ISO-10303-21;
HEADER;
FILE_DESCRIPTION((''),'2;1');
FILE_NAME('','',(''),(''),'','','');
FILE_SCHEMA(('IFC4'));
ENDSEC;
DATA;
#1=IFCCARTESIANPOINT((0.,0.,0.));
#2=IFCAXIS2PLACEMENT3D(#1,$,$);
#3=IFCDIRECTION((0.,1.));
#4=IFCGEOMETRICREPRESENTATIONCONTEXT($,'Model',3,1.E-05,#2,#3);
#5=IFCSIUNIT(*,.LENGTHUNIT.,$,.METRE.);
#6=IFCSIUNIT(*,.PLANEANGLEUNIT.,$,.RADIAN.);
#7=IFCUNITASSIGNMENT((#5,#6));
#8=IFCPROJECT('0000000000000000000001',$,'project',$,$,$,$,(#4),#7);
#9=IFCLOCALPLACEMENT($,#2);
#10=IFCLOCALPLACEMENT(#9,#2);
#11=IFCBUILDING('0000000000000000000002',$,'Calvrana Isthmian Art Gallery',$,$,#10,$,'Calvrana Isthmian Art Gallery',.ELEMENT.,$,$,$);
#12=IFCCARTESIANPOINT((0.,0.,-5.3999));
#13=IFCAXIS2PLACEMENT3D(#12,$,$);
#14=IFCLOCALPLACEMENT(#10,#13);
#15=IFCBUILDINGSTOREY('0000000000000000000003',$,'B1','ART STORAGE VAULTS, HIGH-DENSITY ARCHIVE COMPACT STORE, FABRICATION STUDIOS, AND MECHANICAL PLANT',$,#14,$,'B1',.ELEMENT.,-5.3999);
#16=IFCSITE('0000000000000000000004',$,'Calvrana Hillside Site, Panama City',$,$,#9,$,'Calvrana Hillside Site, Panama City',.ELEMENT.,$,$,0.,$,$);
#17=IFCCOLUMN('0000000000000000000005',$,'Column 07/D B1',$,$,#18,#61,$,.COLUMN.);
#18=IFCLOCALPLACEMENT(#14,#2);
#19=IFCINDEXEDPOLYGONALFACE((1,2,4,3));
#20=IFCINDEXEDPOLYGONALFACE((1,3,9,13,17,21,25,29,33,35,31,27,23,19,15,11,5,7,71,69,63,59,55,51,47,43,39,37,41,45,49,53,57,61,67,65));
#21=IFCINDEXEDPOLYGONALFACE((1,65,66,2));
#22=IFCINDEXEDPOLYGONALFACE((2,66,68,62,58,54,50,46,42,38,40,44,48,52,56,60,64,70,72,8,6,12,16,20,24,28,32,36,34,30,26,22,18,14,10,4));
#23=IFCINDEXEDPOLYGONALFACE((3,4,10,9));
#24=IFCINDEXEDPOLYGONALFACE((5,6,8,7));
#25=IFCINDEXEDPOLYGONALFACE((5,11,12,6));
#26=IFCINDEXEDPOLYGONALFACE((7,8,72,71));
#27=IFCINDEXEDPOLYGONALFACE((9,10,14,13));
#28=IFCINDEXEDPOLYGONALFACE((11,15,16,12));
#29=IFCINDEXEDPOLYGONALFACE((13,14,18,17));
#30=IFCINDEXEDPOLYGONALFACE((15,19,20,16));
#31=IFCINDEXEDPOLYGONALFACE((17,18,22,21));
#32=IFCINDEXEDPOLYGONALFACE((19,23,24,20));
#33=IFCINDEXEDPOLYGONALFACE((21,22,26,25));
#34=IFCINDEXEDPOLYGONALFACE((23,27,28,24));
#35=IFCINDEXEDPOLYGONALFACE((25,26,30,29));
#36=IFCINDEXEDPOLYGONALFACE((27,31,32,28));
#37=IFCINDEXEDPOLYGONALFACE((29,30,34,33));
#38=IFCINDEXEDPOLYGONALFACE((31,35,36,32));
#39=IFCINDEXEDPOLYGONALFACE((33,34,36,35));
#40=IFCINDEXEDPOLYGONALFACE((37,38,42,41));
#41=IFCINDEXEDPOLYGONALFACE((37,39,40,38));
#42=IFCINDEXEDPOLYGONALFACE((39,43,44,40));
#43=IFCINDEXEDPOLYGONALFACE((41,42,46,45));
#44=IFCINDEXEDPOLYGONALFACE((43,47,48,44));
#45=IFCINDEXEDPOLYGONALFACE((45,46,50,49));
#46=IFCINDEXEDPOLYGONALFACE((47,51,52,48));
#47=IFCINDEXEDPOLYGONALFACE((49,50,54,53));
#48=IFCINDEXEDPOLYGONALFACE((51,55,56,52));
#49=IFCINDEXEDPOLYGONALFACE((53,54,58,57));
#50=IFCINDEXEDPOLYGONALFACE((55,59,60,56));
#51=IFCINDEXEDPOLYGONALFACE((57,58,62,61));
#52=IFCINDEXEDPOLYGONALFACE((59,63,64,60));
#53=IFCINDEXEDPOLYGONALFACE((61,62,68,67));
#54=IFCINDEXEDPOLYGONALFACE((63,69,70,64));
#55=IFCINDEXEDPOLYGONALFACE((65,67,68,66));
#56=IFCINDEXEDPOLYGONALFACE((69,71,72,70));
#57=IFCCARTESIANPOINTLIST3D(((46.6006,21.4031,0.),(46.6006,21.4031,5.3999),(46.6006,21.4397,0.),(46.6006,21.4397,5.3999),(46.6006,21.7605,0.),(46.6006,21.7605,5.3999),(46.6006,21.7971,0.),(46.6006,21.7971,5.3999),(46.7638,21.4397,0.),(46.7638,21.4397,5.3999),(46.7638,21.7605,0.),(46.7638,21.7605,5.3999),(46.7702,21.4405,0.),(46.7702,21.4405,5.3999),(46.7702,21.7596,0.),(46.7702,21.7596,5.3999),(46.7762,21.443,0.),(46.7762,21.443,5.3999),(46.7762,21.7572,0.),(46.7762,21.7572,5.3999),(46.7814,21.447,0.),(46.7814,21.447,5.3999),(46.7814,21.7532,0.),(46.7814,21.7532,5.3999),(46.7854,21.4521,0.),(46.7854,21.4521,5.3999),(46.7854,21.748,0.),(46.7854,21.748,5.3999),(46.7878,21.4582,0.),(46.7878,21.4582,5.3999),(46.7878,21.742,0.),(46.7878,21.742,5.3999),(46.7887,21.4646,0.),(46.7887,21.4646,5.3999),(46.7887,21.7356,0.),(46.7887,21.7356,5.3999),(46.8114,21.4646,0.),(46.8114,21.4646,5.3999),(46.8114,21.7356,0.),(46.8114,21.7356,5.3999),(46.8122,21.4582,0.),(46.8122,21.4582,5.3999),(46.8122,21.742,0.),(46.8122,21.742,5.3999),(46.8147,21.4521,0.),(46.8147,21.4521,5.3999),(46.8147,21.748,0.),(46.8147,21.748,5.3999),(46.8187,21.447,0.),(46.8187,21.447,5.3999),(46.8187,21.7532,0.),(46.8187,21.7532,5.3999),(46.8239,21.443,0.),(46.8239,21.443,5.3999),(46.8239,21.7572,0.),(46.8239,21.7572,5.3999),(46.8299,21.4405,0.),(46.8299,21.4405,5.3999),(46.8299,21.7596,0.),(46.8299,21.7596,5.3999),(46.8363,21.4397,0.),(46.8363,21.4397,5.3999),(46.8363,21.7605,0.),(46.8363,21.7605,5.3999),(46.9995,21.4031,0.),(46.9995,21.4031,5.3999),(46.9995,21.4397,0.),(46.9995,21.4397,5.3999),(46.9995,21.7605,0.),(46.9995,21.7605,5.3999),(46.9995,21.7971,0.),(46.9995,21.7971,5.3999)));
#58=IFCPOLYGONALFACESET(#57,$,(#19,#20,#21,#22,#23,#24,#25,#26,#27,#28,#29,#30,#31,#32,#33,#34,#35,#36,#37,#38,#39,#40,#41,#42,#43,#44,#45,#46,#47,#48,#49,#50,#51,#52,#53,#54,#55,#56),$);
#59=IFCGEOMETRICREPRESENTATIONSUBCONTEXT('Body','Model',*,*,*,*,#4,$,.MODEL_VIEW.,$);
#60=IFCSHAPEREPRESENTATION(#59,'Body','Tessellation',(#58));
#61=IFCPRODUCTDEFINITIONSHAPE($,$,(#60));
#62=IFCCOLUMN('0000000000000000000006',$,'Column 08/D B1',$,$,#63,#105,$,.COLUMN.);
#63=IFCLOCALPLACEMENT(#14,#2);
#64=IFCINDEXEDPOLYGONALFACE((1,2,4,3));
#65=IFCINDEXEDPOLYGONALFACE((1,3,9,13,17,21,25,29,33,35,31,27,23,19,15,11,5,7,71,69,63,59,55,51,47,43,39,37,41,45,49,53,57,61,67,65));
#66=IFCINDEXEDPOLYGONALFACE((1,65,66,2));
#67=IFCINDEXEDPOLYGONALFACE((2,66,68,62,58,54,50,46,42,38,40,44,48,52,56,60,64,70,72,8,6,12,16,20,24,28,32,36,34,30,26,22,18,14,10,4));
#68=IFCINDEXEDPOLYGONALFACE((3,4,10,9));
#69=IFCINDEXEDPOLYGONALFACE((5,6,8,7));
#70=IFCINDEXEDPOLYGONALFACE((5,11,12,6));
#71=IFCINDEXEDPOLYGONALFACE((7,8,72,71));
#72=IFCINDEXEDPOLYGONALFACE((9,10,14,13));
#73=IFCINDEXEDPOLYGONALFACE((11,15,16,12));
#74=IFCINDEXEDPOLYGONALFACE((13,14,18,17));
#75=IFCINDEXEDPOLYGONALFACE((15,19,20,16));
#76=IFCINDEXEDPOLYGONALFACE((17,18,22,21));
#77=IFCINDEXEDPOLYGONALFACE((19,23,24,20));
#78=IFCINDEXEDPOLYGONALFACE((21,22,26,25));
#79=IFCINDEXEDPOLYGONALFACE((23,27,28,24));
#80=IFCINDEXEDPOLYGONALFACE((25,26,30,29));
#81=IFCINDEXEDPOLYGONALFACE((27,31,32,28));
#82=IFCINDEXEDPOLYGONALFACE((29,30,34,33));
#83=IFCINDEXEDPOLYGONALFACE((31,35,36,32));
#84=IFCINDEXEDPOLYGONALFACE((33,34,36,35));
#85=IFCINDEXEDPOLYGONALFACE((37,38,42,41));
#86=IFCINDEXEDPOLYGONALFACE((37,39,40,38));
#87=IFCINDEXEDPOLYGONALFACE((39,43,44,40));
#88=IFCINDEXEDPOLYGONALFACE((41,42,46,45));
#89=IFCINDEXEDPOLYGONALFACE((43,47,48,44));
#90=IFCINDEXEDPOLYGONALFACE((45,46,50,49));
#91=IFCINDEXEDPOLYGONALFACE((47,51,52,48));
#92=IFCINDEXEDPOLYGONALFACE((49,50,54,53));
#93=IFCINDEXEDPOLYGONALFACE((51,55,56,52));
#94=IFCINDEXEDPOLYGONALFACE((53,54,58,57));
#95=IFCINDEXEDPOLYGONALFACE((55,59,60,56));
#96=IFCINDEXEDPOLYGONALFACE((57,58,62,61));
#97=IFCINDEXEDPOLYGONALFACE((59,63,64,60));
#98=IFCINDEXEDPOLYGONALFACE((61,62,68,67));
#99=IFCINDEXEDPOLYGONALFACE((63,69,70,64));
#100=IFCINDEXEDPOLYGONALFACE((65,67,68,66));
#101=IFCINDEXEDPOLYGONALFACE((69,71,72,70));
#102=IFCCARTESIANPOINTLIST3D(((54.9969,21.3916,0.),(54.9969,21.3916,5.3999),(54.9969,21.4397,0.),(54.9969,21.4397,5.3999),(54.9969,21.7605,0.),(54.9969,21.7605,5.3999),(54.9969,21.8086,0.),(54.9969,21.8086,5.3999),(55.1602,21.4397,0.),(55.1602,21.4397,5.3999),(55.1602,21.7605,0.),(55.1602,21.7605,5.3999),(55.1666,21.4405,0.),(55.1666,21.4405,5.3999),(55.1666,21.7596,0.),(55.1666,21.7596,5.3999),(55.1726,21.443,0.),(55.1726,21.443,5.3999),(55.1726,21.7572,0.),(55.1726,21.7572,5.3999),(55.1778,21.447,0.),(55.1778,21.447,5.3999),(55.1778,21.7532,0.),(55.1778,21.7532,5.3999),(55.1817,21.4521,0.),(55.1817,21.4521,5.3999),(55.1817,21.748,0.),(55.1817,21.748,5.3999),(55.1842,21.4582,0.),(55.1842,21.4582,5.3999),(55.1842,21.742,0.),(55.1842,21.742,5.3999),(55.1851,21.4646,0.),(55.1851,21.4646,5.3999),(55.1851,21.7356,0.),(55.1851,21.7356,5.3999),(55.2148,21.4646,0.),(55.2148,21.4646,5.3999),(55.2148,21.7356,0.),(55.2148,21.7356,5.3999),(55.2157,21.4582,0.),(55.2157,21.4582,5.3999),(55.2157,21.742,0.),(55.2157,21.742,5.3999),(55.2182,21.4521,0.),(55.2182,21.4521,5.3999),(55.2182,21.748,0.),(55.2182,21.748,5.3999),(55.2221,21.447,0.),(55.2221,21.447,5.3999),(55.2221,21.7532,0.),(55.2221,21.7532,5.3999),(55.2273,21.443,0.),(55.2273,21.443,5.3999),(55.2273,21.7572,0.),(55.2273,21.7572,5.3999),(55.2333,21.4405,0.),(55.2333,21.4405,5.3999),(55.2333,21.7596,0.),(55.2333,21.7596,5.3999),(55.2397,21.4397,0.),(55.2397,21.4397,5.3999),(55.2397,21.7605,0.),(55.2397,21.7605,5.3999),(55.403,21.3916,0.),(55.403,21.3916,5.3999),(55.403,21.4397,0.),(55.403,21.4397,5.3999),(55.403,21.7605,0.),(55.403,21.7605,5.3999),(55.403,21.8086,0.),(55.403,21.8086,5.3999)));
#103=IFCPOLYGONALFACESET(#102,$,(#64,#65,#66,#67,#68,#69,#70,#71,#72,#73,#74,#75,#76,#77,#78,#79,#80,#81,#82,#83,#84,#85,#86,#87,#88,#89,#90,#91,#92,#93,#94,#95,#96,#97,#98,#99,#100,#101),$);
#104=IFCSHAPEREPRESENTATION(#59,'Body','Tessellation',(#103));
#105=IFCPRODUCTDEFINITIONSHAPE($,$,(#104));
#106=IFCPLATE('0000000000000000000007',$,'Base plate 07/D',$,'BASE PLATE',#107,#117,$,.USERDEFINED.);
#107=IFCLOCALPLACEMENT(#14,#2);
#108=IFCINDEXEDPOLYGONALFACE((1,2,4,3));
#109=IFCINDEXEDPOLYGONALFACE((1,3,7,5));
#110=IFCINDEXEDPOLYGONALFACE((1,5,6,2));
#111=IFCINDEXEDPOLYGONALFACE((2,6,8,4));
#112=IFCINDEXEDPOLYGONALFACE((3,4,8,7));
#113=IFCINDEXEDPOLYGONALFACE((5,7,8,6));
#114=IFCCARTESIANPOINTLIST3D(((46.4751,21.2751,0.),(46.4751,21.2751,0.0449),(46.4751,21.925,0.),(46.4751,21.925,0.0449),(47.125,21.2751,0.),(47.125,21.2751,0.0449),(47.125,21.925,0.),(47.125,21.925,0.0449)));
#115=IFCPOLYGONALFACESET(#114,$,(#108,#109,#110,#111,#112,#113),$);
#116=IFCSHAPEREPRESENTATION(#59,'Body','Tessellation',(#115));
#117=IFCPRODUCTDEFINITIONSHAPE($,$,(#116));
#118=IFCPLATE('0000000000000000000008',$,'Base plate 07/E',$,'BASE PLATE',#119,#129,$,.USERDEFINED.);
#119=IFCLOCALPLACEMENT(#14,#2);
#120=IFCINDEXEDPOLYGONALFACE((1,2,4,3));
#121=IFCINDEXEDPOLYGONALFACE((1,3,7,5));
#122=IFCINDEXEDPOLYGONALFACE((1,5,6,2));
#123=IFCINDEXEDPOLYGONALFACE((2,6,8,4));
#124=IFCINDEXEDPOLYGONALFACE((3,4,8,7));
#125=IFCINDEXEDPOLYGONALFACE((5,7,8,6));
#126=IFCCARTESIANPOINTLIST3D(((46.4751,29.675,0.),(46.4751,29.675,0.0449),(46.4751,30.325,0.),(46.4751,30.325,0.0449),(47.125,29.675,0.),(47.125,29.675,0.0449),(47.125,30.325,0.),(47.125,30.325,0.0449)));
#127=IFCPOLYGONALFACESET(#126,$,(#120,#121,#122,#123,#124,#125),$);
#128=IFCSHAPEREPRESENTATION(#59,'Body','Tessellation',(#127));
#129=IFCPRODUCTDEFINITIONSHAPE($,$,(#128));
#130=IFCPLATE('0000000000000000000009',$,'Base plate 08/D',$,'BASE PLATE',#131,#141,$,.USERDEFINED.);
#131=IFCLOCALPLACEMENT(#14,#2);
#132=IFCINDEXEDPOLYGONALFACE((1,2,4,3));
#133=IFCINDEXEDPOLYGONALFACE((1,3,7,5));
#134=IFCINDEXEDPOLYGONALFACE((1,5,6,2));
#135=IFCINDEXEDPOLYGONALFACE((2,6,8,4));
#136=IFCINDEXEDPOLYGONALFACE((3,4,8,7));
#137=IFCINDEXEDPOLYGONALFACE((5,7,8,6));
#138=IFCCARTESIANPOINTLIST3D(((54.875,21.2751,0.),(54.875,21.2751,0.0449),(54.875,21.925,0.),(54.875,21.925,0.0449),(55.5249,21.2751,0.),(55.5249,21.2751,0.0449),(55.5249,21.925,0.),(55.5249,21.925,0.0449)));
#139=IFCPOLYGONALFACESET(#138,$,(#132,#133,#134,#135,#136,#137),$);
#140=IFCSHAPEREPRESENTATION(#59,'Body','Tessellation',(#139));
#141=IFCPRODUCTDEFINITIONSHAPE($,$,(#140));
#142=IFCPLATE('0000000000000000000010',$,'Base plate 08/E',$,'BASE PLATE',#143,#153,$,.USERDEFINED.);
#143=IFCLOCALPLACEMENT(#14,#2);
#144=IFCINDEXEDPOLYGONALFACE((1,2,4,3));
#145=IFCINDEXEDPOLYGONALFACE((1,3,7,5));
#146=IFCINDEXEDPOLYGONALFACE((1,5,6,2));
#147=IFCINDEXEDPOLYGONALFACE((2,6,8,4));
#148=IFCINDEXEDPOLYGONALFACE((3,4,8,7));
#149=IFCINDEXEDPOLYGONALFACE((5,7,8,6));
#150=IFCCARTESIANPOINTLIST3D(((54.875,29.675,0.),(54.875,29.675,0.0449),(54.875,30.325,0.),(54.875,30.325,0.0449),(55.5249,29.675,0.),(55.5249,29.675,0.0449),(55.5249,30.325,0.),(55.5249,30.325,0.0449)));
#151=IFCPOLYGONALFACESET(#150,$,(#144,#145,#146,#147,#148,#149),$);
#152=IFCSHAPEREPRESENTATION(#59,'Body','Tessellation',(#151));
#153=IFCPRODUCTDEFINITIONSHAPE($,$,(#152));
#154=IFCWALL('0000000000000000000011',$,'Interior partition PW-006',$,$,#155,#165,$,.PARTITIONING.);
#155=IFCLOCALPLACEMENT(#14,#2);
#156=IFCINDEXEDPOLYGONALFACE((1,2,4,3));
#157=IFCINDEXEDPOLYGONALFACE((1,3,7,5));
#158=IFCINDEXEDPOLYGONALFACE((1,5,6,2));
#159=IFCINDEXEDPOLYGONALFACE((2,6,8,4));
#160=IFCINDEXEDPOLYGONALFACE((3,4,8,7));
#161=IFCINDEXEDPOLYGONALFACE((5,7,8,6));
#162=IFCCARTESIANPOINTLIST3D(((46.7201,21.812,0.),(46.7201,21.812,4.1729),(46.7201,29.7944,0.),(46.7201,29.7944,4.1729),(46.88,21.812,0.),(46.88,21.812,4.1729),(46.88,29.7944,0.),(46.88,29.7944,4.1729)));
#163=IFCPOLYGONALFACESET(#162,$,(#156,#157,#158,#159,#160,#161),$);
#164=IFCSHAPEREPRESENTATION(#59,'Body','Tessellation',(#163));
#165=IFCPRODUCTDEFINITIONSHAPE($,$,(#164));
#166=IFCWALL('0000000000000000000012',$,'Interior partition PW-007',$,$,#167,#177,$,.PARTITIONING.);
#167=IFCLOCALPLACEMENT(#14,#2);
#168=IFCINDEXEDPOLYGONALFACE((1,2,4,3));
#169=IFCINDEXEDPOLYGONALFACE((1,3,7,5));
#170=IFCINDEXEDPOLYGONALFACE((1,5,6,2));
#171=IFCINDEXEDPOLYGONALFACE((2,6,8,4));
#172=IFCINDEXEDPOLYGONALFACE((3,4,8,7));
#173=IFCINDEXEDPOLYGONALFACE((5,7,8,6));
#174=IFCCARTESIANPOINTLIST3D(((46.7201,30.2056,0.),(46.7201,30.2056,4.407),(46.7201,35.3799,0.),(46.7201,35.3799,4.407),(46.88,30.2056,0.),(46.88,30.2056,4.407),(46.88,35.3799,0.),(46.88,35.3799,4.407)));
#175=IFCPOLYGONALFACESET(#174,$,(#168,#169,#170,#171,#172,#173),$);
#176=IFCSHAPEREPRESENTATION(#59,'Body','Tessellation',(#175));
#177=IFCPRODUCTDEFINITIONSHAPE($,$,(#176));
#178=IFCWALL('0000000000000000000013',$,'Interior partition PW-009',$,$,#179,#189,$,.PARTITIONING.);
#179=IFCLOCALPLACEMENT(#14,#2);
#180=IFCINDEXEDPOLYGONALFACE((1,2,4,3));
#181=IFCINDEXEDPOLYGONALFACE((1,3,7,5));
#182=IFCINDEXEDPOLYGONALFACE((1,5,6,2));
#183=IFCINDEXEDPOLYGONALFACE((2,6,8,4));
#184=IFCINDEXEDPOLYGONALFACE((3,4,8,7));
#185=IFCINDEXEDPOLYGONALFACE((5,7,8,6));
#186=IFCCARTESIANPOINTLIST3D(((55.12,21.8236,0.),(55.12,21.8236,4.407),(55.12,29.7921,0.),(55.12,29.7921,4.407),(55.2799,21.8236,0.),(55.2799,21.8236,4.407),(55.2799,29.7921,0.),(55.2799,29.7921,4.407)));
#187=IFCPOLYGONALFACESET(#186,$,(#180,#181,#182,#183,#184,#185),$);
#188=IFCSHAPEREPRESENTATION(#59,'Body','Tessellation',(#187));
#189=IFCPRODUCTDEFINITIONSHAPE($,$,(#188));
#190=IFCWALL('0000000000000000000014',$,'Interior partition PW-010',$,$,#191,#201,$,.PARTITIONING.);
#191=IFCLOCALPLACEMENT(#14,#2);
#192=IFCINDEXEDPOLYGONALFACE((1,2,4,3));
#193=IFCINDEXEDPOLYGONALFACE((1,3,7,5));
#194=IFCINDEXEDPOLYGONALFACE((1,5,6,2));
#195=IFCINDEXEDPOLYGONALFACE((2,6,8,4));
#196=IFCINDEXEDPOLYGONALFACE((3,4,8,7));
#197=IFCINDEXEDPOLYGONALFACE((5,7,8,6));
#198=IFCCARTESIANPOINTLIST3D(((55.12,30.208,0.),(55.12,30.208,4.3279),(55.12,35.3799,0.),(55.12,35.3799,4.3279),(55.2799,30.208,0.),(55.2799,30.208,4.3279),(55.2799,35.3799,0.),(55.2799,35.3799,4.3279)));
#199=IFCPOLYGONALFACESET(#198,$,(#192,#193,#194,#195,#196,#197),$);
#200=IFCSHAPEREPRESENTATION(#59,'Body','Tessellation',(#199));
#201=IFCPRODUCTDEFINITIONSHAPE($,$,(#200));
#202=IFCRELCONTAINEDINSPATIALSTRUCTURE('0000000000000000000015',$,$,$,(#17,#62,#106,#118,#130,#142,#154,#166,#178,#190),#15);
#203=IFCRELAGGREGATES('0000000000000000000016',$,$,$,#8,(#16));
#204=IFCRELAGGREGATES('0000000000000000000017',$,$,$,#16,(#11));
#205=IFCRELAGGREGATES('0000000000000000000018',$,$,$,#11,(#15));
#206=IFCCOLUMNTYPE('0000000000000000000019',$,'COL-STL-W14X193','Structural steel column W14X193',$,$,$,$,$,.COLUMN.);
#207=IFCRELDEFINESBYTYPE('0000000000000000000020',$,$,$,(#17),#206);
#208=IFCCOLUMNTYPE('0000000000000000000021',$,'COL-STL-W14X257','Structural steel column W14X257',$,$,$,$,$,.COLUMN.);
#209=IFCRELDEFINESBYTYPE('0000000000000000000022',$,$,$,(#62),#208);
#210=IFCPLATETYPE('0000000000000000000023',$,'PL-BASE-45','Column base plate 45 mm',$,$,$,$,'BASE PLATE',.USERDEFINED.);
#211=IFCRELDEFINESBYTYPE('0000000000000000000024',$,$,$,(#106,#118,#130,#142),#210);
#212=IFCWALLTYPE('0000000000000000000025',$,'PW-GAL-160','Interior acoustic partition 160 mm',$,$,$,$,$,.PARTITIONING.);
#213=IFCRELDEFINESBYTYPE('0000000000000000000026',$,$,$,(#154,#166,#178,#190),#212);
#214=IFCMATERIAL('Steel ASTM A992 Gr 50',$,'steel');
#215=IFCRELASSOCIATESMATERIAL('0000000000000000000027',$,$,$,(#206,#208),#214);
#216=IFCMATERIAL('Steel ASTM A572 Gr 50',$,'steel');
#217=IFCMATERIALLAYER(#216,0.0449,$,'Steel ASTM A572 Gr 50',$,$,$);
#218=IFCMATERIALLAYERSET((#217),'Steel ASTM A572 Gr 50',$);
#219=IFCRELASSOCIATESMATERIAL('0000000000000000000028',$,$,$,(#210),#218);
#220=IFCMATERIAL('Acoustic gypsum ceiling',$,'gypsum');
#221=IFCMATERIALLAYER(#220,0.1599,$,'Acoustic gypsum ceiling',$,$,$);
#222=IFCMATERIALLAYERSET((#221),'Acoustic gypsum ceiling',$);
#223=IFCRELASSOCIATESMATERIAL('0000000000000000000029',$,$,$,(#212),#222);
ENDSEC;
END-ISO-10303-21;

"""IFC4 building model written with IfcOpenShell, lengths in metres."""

from ifc_helpers import new_model, si_unit, direction, frame, frame_2d, origin, origin_2d, place, context, subcontext, project, spatial, rectangle, i_section, extrude, material, layer, layer_set, material_profile, profile_set, type_object, element, save


model = new_model("IFC4")

# Units and contexts
model_context = context("Model", 3, precision=1e-05, world=origin(), true_north=direction((0.0, 1.0)))
body_context = subcontext(model_context, "Body", "Model", "MODEL_VIEW")
ifc_project = project(units=[si_unit("LENGTHUNIT", "METRE"), si_unit("PLANEANGLEUNIT", "RADIAN")], contexts=[model_context])

# Site, building, storey
site_placement = place(None, origin())
site = spatial("IfcSite", under=ifc_project, at=site_placement, Name="Calvrana Hillside Site, Panama City", LongName="Calvrana Hillside Site, Panama City", CompositionType="ELEMENT", RefElevation=0.0)
building_placement = place(site_placement, origin())
building = spatial("IfcBuilding", under=site, at=building_placement, Name="Calvrana Isthmian Art Gallery", LongName="Calvrana Isthmian Art Gallery", CompositionType="ELEMENT")
storey_placement = place(building_placement, frame((0.0, 0.0, -5.3999)))
storey = spatial("IfcBuildingStorey", under=building, at=storey_placement, Name="B1", Description="ART STORAGE VAULTS, HIGH-DENSITY ARCHIVE COMPACT STORE, FABRICATION STUDIOS, AND MECHANICAL PLANT", LongName="B1", CompositionType="ELEMENT", Elevation=-5.3999)

# Columns
ifc_material_1 = material(Name="Steel ASTM A992 Gr 50", Category="steel")
ifc_material_profile_1 = material_profile(ifc_material_1, i_section(OverallWidth=0.3989, OverallDepth=0.394, WebThickness=0.0227, FlangeThickness=0.0366, FilletRadius=0.0249, at=origin_2d()), Name="W14X193")
ifc_profile_set_1 = profile_set([ifc_material_profile_1], Name="Steel ASTM A992 Gr 50")
column_type_1 = type_object("IfcColumnType", Name="COL-STL-W14X193", Description="Structural steel column W14X193", PredefinedType="COLUMN", material=ifc_profile_set_1)
column_1_placement = place(storey_placement, frame((46.8, 21.6001, 0.0), z_axis=(0.0, 0.0, 1.0), x_axis=(1.0, 0.0, 0.0)))
element("IfcColumn", 1, at=column_1_placement, inside=storey, type_object=column_type_1, Name="Column 07/D B1", PredefinedType="COLUMN", context=body_context, shape_type="SweptSolid", body=[
    extrude(i_section(OverallWidth=0.3989, OverallDepth=0.394, WebThickness=0.0227, FlangeThickness=0.0366, FilletRadius=0.0249, at=origin_2d()), origin(), (0.0, 0.0, 1.0), 5.3999),
])
ifc_material_profile_2 = material_profile(ifc_material_1, i_section(OverallWidth=0.406, OverallDepth=0.417, WebThickness=0.0298, FlangeThickness=0.0481, FilletRadius=0.0249, at=origin_2d()), Name="W14X257")
ifc_profile_set_2 = profile_set([ifc_material_profile_2], Name="Steel ASTM A992 Gr 50")
column_type_2 = type_object("IfcColumnType", Name="COL-STL-W14X257", Description="Structural steel column W14X257", PredefinedType="COLUMN", material=ifc_profile_set_2)
column_2_placement = place(storey_placement, frame((55.2, 21.6001, 0.0), z_axis=(0.0, 0.0, 1.0), x_axis=(1.0, 0.0, 0.0)))
element("IfcColumn", 2, at=column_2_placement, inside=storey, type_object=column_type_2, Name="Column 08/D B1", PredefinedType="COLUMN", context=body_context, shape_type="SweptSolid", body=[
    extrude(i_section(OverallWidth=0.406, OverallDepth=0.417, WebThickness=0.0298, FlangeThickness=0.0481, FilletRadius=0.0249, at=origin_2d()), origin(), (0.0, 0.0, 1.0), 5.3999),
])

# Plates
ifc_material_2 = material(Name="Steel ASTM A572 Gr 50", Category="steel")
ifc_layer_1 = layer(ifc_material_2, 0.0449, Name="Steel ASTM A572 Gr 50")
ifc_layer_set_1 = layer_set([ifc_layer_1], Name="Steel ASTM A572 Gr 50")
plate_type = type_object("IfcPlateType", Name="PL-BASE-45", Description="Column base plate 45 mm", ElementType="BASE PLATE", PredefinedType="USERDEFINED", material=ifc_layer_set_1)
for number, where, z_axis, x_axis, name in (
    (3, (46.8, 21.6001, 0.0), (0.0, 0.0, 1.0), (1.0, 0.0, 0.0), "Base plate 07/D"),
    (4, (46.8, 30.0, 0.0), (0.0, 0.0, 1.0), (1.0, 0.0, 0.0), "Base plate 07/E"),
    (5, (55.2, 21.6001, 0.0), (0.0, 0.0, 1.0), (1.0, 0.0, 0.0), "Base plate 08/D"),
    (6, (55.2, 30.0, 0.0), (0.0, 0.0, 1.0), (1.0, 0.0, 0.0), "Base plate 08/E"),
):
    element("IfcPlate", number, at=place(storey_placement, frame(where, z_axis=z_axis, x_axis=x_axis)), inside=storey, type_object=plate_type, Name=name, ObjectType="BASE PLATE", PredefinedType="USERDEFINED", context=body_context, shape_type="SweptSolid", body=[
        extrude(rectangle(XDim=0.6499, YDim=0.6499, at=origin_2d()), origin(), (0.0, 0.0, 1.0), 0.0449),
    ])

# Walls
ifc_material_3 = material(Name="Acoustic gypsum ceiling", Category="gypsum")
ifc_layer_2 = layer(ifc_material_3, 0.1599, Name="Acoustic gypsum ceiling")
ifc_layer_set_2 = layer_set([ifc_layer_2], Name="Acoustic gypsum ceiling")
wall_type_1 = type_object("IfcWallType", Name="PW-GAL-160", Description="Interior acoustic partition 160 mm", PredefinedType="PARTITIONING", material=ifc_layer_set_2)
wall_1_placement = place(storey_placement, frame((46.8, 21.812, 0.0), z_axis=(0.0, 0.0, 1.0), x_axis=(0.0, 1.0, 0.0)))
element("IfcWall", 7, at=wall_1_placement, inside=storey, type_object=wall_type_1, Name="Interior partition PW-006", PredefinedType="PARTITIONING", context=body_context, shape_type="SweptSolid", body=[
    extrude(rectangle(XDim=7.9824, YDim=0.1599, at=frame_2d((3.9912, 0.0))), origin(), (0.0, 0.0, 1.0), 4.1729),
])
wall_2_placement = place(storey_placement, frame((46.8, 30.2056, 0.0), z_axis=(0.0, 0.0, 1.0), x_axis=(0.0, 1.0, 0.0)))
element("IfcWall", 8, at=wall_2_placement, inside=storey, type_object=wall_type_1, Name="Interior partition PW-007", PredefinedType="PARTITIONING", context=body_context, shape_type="SweptSolid", body=[
    extrude(rectangle(XDim=5.1743, YDim=0.1599, at=frame_2d((2.5872, 0.0))), origin(), (0.0, 0.0, 1.0), 4.407),
])
wall_3_placement = place(storey_placement, frame((55.2, 21.8235, 0.0), z_axis=(0.0, 0.0, 1.0), x_axis=(0.0, 1.0, 0.0)))
element("IfcWall", 9, at=wall_3_placement, inside=storey, type_object=wall_type_1, Name="Interior partition PW-009", PredefinedType="PARTITIONING", context=body_context, shape_type="SweptSolid", body=[
    extrude(rectangle(XDim=7.9685, YDim=0.1599, at=frame_2d((3.9844, 0.0))), origin(), (0.0, 0.0, 1.0), 4.407),
])
wall_4_placement = place(storey_placement, frame((55.2, 30.208, 0.0), z_axis=(0.0, 0.0, 1.0), x_axis=(0.0, 1.0, 0.0)))
element("IfcWall", 10, at=wall_4_placement, inside=storey, type_object=wall_type_1, Name="Interior partition PW-010", PredefinedType="PARTITIONING", context=body_context, shape_type="SweptSolid", body=[
    extrude(rectangle(XDim=5.1719, YDim=0.1599, at=frame_2d((2.5859, 0.0))), origin(), (0.0, 0.0, 1.0), 4.3279),
])

save(model, "model.ifc")
